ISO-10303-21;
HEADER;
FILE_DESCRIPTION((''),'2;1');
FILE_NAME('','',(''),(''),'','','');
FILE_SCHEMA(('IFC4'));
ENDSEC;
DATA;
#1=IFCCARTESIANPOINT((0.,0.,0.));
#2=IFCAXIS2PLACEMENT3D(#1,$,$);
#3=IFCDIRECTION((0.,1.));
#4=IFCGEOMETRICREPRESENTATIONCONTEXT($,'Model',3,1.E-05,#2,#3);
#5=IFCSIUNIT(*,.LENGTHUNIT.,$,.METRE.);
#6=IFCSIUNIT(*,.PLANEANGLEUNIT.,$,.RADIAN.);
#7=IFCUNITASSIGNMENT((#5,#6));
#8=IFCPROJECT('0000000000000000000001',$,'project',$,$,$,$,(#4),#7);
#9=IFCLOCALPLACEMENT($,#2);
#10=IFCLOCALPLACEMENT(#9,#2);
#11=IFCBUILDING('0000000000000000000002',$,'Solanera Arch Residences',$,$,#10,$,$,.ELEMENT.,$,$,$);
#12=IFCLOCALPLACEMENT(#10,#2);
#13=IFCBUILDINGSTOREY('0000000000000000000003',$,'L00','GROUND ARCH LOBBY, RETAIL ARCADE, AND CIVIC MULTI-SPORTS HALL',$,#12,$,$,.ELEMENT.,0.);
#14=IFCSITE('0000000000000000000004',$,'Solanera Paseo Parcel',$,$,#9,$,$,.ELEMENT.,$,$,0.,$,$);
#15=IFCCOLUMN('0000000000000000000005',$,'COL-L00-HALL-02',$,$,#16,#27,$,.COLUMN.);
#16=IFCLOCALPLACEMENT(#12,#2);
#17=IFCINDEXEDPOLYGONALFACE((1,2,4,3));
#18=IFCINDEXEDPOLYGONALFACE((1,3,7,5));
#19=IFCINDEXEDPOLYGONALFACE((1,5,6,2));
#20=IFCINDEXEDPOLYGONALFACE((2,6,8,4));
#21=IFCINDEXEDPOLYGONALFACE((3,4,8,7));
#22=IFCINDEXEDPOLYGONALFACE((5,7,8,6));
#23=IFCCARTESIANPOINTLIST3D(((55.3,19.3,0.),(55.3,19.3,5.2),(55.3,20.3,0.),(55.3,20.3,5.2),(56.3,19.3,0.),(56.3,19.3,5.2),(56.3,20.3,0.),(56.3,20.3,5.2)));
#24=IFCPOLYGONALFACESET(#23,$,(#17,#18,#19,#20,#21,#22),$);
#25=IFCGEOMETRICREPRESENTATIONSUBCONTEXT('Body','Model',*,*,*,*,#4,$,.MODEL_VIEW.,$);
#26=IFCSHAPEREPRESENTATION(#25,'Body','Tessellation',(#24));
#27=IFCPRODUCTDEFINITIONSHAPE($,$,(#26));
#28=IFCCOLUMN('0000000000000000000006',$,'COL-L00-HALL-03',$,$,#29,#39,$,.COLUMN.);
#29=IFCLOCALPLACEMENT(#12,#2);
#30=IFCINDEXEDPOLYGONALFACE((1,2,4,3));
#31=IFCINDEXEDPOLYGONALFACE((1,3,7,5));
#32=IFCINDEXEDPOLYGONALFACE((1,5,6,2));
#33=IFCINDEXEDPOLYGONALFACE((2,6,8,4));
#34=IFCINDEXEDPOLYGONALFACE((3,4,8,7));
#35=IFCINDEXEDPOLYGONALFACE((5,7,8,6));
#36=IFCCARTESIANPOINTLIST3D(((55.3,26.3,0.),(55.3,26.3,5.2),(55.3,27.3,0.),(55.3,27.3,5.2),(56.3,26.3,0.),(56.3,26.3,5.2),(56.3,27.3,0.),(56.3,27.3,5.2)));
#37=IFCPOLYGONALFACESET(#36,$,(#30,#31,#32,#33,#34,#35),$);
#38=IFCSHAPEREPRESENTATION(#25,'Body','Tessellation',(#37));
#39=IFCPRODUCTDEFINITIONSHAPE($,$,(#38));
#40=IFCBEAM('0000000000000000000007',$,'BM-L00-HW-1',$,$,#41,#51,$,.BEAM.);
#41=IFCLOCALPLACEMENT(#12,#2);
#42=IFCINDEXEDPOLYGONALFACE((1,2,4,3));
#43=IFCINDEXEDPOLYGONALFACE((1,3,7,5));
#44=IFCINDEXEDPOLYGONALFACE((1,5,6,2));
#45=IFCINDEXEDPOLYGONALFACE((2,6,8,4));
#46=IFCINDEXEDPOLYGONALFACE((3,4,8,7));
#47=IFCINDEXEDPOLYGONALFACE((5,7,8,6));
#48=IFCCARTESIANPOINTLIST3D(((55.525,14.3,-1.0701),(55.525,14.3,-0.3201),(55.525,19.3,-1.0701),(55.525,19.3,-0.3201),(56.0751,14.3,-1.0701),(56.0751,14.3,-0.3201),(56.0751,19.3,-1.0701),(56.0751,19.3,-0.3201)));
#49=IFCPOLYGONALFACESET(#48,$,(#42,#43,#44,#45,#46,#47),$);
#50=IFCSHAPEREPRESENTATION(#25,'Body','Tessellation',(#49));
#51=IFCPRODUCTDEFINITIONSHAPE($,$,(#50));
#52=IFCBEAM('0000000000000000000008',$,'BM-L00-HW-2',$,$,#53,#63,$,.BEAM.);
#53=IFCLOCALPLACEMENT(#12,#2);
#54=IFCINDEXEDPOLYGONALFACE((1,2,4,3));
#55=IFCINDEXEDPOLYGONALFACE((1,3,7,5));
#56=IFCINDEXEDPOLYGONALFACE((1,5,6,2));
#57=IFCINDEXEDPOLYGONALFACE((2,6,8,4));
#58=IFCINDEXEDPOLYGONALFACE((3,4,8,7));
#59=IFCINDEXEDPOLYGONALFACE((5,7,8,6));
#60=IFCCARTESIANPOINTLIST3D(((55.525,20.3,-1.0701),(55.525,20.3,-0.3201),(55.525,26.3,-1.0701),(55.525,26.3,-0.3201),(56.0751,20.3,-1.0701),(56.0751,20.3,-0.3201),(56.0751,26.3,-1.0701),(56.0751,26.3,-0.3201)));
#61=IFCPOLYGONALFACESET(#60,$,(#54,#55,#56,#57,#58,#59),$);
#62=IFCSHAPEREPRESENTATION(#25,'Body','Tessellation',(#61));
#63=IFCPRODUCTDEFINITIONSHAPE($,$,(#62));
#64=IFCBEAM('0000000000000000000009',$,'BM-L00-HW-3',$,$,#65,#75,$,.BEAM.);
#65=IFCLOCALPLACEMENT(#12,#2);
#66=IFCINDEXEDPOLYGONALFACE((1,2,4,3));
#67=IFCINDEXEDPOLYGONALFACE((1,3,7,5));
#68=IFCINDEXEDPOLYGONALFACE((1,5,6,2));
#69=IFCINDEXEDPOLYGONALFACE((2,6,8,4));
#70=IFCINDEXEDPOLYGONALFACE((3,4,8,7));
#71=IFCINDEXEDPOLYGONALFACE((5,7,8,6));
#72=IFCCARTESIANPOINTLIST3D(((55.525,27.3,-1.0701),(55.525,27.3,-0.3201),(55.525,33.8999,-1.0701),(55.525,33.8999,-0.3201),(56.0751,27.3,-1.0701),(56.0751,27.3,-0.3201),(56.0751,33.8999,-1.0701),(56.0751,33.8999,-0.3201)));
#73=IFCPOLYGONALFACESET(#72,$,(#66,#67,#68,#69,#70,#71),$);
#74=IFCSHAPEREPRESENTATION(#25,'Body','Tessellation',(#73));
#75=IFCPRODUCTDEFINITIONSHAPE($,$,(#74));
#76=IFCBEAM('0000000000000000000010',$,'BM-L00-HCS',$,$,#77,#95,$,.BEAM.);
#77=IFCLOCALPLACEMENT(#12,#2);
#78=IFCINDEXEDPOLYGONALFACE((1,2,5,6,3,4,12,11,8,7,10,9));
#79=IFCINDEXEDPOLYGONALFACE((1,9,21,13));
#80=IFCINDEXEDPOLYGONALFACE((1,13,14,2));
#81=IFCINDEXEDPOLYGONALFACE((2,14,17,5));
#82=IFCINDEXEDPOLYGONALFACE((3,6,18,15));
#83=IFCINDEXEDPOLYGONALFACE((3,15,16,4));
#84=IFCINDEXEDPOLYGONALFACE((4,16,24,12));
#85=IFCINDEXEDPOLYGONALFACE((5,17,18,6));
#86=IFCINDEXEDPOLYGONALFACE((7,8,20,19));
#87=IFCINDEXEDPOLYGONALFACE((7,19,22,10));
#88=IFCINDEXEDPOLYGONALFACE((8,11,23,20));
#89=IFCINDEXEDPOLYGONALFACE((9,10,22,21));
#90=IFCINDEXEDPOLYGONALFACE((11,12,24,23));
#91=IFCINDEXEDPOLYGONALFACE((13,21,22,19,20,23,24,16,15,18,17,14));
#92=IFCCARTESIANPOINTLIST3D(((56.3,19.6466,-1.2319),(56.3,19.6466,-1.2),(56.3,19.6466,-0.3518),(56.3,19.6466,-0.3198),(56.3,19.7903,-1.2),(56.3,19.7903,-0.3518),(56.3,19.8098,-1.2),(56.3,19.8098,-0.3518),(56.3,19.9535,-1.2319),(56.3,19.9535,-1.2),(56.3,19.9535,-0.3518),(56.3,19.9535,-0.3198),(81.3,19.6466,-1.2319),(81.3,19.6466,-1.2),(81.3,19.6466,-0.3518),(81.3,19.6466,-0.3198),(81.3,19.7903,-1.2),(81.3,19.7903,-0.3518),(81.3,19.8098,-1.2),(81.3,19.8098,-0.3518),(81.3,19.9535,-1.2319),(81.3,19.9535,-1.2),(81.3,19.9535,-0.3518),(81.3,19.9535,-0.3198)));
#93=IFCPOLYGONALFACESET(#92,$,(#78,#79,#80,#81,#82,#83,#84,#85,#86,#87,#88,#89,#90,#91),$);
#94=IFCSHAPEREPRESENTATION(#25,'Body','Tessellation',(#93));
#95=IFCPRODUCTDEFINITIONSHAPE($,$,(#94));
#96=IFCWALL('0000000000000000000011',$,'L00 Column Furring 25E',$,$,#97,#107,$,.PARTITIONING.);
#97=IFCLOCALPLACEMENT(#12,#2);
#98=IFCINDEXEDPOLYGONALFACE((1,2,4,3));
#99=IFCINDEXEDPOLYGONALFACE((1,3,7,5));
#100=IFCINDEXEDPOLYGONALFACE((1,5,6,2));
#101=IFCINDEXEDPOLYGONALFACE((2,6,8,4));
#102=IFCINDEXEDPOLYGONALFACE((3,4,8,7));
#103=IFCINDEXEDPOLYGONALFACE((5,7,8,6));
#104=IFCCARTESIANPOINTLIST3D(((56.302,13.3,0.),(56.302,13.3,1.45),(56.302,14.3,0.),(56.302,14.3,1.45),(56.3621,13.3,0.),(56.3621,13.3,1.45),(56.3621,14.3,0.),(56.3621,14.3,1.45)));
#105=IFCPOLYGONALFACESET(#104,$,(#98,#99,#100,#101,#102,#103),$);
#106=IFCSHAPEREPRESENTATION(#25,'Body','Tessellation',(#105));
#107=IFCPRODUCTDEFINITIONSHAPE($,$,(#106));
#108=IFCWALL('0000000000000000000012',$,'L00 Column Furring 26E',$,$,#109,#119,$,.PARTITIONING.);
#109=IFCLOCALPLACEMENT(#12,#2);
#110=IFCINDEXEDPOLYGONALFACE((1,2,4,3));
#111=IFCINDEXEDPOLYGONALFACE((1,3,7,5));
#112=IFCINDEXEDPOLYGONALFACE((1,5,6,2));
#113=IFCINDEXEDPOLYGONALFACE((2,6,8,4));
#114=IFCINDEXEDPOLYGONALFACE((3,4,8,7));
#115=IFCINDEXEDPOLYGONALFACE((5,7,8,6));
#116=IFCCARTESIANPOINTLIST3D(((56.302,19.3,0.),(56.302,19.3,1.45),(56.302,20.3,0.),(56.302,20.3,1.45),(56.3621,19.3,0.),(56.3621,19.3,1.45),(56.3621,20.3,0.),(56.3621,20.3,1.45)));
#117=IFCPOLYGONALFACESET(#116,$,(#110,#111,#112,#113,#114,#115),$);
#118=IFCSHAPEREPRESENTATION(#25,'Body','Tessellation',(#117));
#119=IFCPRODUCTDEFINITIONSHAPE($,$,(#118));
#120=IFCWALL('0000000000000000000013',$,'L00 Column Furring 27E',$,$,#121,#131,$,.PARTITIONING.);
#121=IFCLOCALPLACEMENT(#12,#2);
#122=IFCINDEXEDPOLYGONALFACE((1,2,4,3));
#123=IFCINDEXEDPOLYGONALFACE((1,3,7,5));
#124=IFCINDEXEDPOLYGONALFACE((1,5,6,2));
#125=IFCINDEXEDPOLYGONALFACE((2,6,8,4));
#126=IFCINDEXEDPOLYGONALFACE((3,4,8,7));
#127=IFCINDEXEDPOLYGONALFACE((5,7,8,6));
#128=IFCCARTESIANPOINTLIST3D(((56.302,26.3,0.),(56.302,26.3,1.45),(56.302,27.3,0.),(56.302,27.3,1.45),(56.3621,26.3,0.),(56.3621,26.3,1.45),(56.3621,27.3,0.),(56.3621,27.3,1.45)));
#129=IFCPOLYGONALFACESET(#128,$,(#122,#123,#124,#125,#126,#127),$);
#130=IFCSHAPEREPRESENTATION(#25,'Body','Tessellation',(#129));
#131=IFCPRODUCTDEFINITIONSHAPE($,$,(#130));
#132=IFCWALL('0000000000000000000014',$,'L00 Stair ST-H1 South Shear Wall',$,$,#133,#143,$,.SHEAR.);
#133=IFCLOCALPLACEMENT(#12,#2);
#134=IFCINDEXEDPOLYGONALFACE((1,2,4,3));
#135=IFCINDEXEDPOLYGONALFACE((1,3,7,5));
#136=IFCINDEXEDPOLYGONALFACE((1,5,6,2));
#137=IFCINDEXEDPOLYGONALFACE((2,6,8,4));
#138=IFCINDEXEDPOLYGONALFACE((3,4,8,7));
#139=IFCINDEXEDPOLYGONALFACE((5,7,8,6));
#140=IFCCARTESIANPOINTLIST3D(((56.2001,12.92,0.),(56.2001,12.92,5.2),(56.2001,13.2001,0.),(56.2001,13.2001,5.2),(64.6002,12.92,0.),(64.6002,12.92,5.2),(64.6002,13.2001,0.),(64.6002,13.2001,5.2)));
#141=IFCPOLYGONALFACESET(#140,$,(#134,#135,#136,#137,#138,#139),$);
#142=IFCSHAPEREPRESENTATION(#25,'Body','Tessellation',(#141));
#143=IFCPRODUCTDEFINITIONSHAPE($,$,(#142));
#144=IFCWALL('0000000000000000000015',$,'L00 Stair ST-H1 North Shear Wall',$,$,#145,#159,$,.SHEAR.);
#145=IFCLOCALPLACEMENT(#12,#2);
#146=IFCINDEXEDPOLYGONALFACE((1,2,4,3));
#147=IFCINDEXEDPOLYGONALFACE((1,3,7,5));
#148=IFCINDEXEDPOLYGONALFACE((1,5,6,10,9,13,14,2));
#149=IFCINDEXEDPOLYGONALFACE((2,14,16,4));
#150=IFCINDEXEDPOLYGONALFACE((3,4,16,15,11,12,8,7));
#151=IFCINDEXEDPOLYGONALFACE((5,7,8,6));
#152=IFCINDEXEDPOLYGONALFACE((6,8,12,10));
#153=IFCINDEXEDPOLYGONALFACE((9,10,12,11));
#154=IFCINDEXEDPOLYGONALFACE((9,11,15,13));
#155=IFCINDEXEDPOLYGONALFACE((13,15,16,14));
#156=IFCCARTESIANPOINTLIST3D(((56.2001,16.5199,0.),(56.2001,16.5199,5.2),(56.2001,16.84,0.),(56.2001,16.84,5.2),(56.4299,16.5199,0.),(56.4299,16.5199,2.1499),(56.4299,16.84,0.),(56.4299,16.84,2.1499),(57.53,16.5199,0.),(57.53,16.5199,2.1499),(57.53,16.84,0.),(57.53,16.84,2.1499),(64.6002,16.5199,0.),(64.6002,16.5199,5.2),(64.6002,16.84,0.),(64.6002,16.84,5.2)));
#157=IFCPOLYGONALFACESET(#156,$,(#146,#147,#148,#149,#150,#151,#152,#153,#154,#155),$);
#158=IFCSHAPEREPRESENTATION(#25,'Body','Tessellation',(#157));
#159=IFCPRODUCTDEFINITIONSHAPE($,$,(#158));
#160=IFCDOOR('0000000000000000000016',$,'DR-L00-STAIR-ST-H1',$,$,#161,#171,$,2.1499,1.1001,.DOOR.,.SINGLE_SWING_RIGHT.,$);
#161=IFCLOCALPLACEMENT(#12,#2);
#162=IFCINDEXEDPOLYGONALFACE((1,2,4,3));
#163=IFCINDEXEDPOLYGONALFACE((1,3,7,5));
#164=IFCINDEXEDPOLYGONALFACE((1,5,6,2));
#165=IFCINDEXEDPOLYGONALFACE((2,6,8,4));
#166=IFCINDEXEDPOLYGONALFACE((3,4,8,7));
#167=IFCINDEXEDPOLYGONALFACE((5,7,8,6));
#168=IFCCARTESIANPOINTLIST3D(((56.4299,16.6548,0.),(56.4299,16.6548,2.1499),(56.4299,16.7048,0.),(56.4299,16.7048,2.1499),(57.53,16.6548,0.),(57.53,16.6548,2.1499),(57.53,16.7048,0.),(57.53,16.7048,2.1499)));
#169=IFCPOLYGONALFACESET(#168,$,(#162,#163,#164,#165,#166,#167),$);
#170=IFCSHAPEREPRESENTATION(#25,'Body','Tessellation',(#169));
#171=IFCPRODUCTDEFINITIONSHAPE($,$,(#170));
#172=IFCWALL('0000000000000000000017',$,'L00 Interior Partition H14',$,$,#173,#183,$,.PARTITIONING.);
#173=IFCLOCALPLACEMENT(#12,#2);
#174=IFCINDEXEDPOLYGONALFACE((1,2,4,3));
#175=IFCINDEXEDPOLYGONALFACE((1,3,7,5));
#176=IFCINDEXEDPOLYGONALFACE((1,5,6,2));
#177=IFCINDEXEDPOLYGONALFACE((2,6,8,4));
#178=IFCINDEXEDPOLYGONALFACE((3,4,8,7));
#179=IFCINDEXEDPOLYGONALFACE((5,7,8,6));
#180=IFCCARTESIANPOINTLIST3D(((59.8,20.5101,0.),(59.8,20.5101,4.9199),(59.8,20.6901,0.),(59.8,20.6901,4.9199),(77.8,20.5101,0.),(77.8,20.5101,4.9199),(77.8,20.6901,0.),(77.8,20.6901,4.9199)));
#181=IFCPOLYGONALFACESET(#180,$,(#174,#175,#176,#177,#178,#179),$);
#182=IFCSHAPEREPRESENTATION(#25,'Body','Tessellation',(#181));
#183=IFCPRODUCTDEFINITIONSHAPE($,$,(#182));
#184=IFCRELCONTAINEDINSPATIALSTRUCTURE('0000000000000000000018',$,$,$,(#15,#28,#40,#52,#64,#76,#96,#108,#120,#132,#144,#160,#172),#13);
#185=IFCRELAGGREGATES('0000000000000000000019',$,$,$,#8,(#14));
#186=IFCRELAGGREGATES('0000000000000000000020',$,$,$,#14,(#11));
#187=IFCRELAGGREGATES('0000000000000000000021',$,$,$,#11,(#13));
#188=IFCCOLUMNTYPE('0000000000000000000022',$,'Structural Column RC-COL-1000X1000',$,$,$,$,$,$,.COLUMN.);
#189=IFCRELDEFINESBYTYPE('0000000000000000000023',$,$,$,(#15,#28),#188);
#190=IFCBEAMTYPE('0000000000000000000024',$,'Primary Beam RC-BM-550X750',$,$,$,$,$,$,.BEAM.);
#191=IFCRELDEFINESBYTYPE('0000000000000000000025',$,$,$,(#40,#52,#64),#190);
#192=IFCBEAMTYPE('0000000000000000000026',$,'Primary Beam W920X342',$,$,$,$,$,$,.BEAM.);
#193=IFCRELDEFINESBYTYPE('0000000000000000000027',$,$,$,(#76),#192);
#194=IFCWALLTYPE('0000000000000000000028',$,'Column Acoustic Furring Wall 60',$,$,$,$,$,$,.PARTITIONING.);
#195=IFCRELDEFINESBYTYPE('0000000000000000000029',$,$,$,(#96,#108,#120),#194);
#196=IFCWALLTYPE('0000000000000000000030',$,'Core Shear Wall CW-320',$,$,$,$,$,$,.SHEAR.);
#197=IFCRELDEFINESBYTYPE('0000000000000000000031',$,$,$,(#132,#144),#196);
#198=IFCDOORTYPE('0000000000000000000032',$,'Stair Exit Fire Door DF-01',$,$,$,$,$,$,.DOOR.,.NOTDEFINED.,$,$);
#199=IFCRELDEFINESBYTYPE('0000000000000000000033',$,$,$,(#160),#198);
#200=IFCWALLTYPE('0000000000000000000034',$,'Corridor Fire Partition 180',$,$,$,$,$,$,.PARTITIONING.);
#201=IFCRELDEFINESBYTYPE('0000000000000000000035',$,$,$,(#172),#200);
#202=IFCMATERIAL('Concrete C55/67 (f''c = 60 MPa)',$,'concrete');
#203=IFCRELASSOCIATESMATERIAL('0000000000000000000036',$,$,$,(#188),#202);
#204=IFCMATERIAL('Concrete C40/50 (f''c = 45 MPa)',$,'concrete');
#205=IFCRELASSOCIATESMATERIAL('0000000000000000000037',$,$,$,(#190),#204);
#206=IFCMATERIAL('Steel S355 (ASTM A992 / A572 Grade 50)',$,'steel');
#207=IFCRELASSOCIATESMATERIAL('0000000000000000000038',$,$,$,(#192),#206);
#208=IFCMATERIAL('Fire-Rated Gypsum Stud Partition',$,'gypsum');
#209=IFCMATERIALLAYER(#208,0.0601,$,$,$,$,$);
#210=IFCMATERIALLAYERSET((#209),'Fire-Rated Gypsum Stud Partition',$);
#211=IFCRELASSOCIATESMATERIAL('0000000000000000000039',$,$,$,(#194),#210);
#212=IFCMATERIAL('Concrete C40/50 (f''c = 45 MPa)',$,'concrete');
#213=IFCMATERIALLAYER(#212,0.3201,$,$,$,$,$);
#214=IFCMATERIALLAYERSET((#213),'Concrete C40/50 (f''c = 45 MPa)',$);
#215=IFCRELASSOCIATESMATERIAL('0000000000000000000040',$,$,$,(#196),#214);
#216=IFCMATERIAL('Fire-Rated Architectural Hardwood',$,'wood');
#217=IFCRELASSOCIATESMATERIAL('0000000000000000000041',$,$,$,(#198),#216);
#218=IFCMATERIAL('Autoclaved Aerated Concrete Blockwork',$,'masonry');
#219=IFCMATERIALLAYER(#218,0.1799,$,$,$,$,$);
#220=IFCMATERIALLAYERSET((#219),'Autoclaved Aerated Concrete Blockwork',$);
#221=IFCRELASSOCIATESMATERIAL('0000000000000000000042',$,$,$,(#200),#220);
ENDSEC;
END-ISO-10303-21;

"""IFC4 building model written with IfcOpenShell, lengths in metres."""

from ifc_helpers import new_model, si_unit, direction, frame, frame_2d, origin, origin_2d, place, context, subcontext, project, spatial, rectangle, i_section, extrude, material, layer, layer_set, material_profile, profile_set, type_object, element, fill, save


model = new_model("IFC4")

# Units and contexts
model_context = context("Model", 3, precision=1e-05, world=origin(), true_north=direction((0.0, 1.0)))
body_context = subcontext(model_context, "Body", "Model", "MODEL_VIEW")
ifc_project = project(units=[si_unit("LENGTHUNIT", "METRE"), si_unit("PLANEANGLEUNIT", "RADIAN")], contexts=[model_context])

# Site, building, storey
site_placement = place(None, origin())
site = spatial("IfcSite", under=ifc_project, at=site_placement, Name="Solanera Paseo Parcel", CompositionType="ELEMENT", RefElevation=0.0)
building_placement = place(site_placement, origin())
building = spatial("IfcBuilding", under=site, at=building_placement, Name="Solanera Arch Residences", CompositionType="ELEMENT")
storey_placement = place(building_placement, origin())
storey = spatial("IfcBuildingStorey", under=building, at=storey_placement, Name="L00", Description="GROUND ARCH LOBBY, RETAIL ARCADE, AND CIVIC MULTI-SPORTS HALL", CompositionType="ELEMENT", Elevation=0.0)

# Columns
ifc_material_1 = material(Name="Concrete C55/67 (f'c = 60 MPa)", Category="concrete")
ifc_material_profile_1 = material_profile(ifc_material_1, rectangle(XDim=1.0, YDim=1.0, at=origin_2d()))
ifc_profile_set_1 = profile_set([ifc_material_profile_1], Name="Concrete C55/67 (f'c = 60 MPa)")
column_type = type_object("IfcColumnType", Name="Structural Column RC-COL-1000X1000", PredefinedType="COLUMN", material=ifc_profile_set_1)
for number, where, z_axis, x_axis, name in (
    (1, (55.8, 19.8, 0.0), (0.0, 0.0, 1.0), (1.0, 0.0, 0.0), "COL-L00-HALL-02"),
    (2, (55.8, 26.8, 0.0), (0.0, 0.0, 1.0), (1.0, 0.0, 0.0), "COL-L00-HALL-03"),
):
    element("IfcColumn", number, at=place(storey_placement, frame(where, z_axis=z_axis, x_axis=x_axis)), inside=storey, type_object=column_type, Name=name, PredefinedType="COLUMN", context=body_context, shape_type="SweptSolid", body=[
        extrude(rectangle(XDim=1.0, YDim=1.0, at=origin_2d()), origin(), (0.0, 0.0, 1.0), 5.2),
    ])

# Beams
ifc_material_2 = material(Name="Concrete C40/50 (f'c = 45 MPa)", Category="concrete")
ifc_material_profile_2 = material_profile(ifc_material_2, rectangle(XDim=0.55, YDim=0.75, at=origin_2d()))
ifc_profile_set_2 = profile_set([ifc_material_profile_2], Name="Concrete C40/50 (f'c = 45 MPa)")
beam_type_1 = type_object("IfcBeamType", Name="Primary Beam RC-BM-550X750", PredefinedType="BEAM", material=ifc_profile_set_2)
beam_1_placement = place(storey_placement, frame((55.8, 14.3, -0.6951), z_axis=(0.0, 1.0, 0.0), x_axis=(-1.0, 0.0, 0.0)))
element("IfcBeam", 3, at=beam_1_placement, inside=storey, type_object=beam_type_1, Name="BM-L00-HW-1", PredefinedType="BEAM", context=body_context, shape_type="SweptSolid", body=[
    extrude(rectangle(XDim=0.55, YDim=0.75, at=origin_2d()), origin(), (0.0, 0.0, 1.0), 5.0),
])
beam_2_placement = place(storey_placement, frame((55.8, 20.3, -0.6951), z_axis=(0.0, 1.0, 0.0), x_axis=(-1.0, 0.0, 0.0)))
element("IfcBeam", 4, at=beam_2_placement, inside=storey, type_object=beam_type_1, Name="BM-L00-HW-2", PredefinedType="BEAM", context=body_context, shape_type="SweptSolid", body=[
    extrude(rectangle(XDim=0.55, YDim=0.75, at=origin_2d()), origin(), (0.0, 0.0, 1.0), 6.0),
])
beam_3_placement = place(storey_placement, frame((55.8, 27.3, -0.6951), z_axis=(0.0, 1.0, 0.0), x_axis=(-1.0, 0.0, 0.0)))
element("IfcBeam", 5, at=beam_3_placement, inside=storey, type_object=beam_type_1, Name="BM-L00-HW-3", PredefinedType="BEAM", context=body_context, shape_type="SweptSolid", body=[
    extrude(rectangle(XDim=0.55, YDim=0.75, at=origin_2d()), origin(), (0.0, 0.0, 1.0), 6.5999),
])
ifc_material_3 = material(Name="Steel S355 (ASTM A992 / A572 Grade 50)", Category="steel")
ifc_material_profile_3 = material_profile(ifc_material_3, i_section(OverallWidth=0.3069, OverallDepth=0.9121, WebThickness=0.0195, FlangeThickness=0.032, at=origin_2d()))
ifc_profile_set_3 = profile_set([ifc_material_profile_3], Name="Steel S355 (ASTM A992 / A572 Grade 50)")
beam_type_2 = type_object("IfcBeamType", Name="Primary Beam W920X342", PredefinedType="BEAM", material=ifc_profile_set_3)
beam_4_placement = place(storey_placement, frame((56.3, 19.8, -0.7759), z_axis=(1.0, 0.0, 0.0), x_axis=(0.0, 1.0, 0.0)))
element("IfcBeam", 6, at=beam_4_placement, inside=storey, type_object=beam_type_2, Name="BM-L00-HCS", PredefinedType="BEAM", context=body_context, shape_type="SweptSolid", body=[
    extrude(i_section(OverallWidth=0.3069, OverallDepth=0.9121, WebThickness=0.0195, FlangeThickness=0.032, at=origin_2d()), origin(), (0.0, 0.0, 1.0), 25.0),
])

# Walls
ifc_material_4 = material(Name="Fire-Rated Gypsum Stud Partition", Category="gypsum")
ifc_layer_1 = layer(ifc_material_4, 0.0601)
ifc_layer_set_1 = layer_set([ifc_layer_1], Name="Fire-Rated Gypsum Stud Partition")
wall_type_1 = type_object("IfcWallType", Name="Column Acoustic Furring Wall 60", PredefinedType="PARTITIONING", material=ifc_layer_set_1)
for number, where, z_axis, x_axis, name in (
    (7, (56.332, 13.3, 0.0), (0.0, 0.0, 1.0), (0.0, 1.0, 0.0), "L00 Column Furring 25E"),
    (8, (56.332, 19.3, 0.0), (0.0, 0.0, 1.0), (0.0, 1.0, 0.0), "L00 Column Furring 26E"),
    (9, (56.332, 26.3, 0.0), (0.0, 0.0, 1.0), (0.0, 1.0, 0.0), "L00 Column Furring 27E"),
):
    element("IfcWall", number, at=place(storey_placement, frame(where, z_axis=z_axis, x_axis=x_axis)), inside=storey, type_object=wall_type_1, Name=name, PredefinedType="PARTITIONING", context=body_context, shape_type="SweptSolid", body=[
        extrude(rectangle(XDim=1.0, YDim=0.0601, at=frame_2d((0.5, 0.0))), origin(), (0.0, 0.0, 1.0), 1.45),
    ])
ifc_material_5 = material(Name="Concrete C40/50 (f'c = 45 MPa)", Category="concrete")
ifc_layer_2 = layer(ifc_material_5, 0.3201)
ifc_layer_set_2 = layer_set([ifc_layer_2], Name="Concrete C40/50 (f'c = 45 MPa)")
wall_type_2 = type_object("IfcWallType", Name="Core Shear Wall CW-320", PredefinedType="SHEAR", material=ifc_layer_set_2)
wall_1_placement = place(storey_placement, frame((56.2, 13.0601, 0.0), z_axis=(0.0, 0.0, 1.0), x_axis=(1.0, 0.0, 0.0)))
element("IfcWall", 10, at=wall_1_placement, inside=storey, type_object=wall_type_2, Name="L00 Stair ST-H1 South Shear Wall", PredefinedType="SHEAR", context=body_context, shape_type="SweptSolid", body=[
    extrude(rectangle(XDim=8.4001, YDim=0.28, at=frame_2d((4.2002, 0.0))), origin(), (0.0, 0.0, 1.0), 5.2),
])

# Wall, opening, door
wall_2_placement = place(storey_placement, frame((56.2, 16.6799, 0.0), z_axis=(0.0, 0.0, 1.0), x_axis=(1.0, 0.0, 0.0)))
wall_2 = element("IfcWall", 11, at=wall_2_placement, inside=storey, type_object=wall_type_2, Name="L00 Stair ST-H1 North Shear Wall", PredefinedType="SHEAR", context=body_context, shape_type="SweptSolid", body=[
    extrude(rectangle(XDim=8.4001, YDim=0.3201, at=frame_2d((4.2002, 0.0))), origin(), (0.0, 0.0, 1.0), 5.2),
])
opening_1_placement = place(wall_2_placement, frame((0.23, 0.0, 0.0)))
opening_1 = element("IfcOpeningElement", 12, at=opening_1_placement, cuts=wall_2, PredefinedType="OPENING", context=body_context, shape_type="SweptSolid", body=[
    extrude(rectangle(XDim=1.1001, YDim=2.1499, at=frame_2d((0.55, 1.075))), frame((0.0, 0.1699, 0.0), z_axis=(0.0, -1.0, 0.0), x_axis=(1.0, 0.0, 0.0)), (0.0, 0.0, 1.0), 0.3401),
])
ifc_material_6 = material(Name="Fire-Rated Architectural Hardwood", Category="wood")
door_type_1 = type_object("IfcDoorType", Name="Stair Exit Fire Door DF-01", OperationType="NOTDEFINED", PredefinedType="DOOR", material=ifc_material_6)
door_1_placement = place(opening_1_placement, origin())
door_1 = element("IfcDoor", 13, at=door_1_placement, inside=storey, type_object=door_type_1, Name="DR-L00-STAIR-ST-H1", OperationType="SINGLE_SWING_RIGHT", OverallHeight=2.1499, OverallWidth=1.1001, PredefinedType="DOOR", context=body_context, shape_type="SweptSolid", body=[
    extrude(rectangle(XDim=1.1001, YDim=2.1499, at=frame_2d((0.55, 1.075))), frame((0.0, 0.0249, 0.0), z_axis=(0.0, -1.0, 0.0), x_axis=(1.0, 0.0, 0.0)), (0.0, 0.0, 1.0), 0.05),
])
fill(opening_1, door_1)

# Wall
ifc_material_7 = material(Name="Autoclaved Aerated Concrete Blockwork", Category="masonry")
ifc_layer_3 = layer(ifc_material_7, 0.1799)
ifc_layer_set_3 = layer_set([ifc_layer_3], Name="Autoclaved Aerated Concrete Blockwork")
wall_type_3 = type_object("IfcWallType", Name="Corridor Fire Partition 180", PredefinedType="PARTITIONING", material=ifc_layer_set_3)
wall_3_placement = place(storey_placement, frame((59.8, 20.6001, 0.0), z_axis=(0.0, 0.0, 1.0), x_axis=(1.0, 0.0, 0.0)))
element("IfcWall", 14, at=wall_3_placement, inside=storey, type_object=wall_type_3, Name="L00 Interior Partition H14", PredefinedType="PARTITIONING", context=body_context, shape_type="SweptSolid", body=[
    extrude(rectangle(XDim=18.0, YDim=0.1799, at=frame_2d((9.0, 0.0))), origin(), (0.0, 0.0, 1.0), 4.9199),
])

save(model, "model.ifc")
